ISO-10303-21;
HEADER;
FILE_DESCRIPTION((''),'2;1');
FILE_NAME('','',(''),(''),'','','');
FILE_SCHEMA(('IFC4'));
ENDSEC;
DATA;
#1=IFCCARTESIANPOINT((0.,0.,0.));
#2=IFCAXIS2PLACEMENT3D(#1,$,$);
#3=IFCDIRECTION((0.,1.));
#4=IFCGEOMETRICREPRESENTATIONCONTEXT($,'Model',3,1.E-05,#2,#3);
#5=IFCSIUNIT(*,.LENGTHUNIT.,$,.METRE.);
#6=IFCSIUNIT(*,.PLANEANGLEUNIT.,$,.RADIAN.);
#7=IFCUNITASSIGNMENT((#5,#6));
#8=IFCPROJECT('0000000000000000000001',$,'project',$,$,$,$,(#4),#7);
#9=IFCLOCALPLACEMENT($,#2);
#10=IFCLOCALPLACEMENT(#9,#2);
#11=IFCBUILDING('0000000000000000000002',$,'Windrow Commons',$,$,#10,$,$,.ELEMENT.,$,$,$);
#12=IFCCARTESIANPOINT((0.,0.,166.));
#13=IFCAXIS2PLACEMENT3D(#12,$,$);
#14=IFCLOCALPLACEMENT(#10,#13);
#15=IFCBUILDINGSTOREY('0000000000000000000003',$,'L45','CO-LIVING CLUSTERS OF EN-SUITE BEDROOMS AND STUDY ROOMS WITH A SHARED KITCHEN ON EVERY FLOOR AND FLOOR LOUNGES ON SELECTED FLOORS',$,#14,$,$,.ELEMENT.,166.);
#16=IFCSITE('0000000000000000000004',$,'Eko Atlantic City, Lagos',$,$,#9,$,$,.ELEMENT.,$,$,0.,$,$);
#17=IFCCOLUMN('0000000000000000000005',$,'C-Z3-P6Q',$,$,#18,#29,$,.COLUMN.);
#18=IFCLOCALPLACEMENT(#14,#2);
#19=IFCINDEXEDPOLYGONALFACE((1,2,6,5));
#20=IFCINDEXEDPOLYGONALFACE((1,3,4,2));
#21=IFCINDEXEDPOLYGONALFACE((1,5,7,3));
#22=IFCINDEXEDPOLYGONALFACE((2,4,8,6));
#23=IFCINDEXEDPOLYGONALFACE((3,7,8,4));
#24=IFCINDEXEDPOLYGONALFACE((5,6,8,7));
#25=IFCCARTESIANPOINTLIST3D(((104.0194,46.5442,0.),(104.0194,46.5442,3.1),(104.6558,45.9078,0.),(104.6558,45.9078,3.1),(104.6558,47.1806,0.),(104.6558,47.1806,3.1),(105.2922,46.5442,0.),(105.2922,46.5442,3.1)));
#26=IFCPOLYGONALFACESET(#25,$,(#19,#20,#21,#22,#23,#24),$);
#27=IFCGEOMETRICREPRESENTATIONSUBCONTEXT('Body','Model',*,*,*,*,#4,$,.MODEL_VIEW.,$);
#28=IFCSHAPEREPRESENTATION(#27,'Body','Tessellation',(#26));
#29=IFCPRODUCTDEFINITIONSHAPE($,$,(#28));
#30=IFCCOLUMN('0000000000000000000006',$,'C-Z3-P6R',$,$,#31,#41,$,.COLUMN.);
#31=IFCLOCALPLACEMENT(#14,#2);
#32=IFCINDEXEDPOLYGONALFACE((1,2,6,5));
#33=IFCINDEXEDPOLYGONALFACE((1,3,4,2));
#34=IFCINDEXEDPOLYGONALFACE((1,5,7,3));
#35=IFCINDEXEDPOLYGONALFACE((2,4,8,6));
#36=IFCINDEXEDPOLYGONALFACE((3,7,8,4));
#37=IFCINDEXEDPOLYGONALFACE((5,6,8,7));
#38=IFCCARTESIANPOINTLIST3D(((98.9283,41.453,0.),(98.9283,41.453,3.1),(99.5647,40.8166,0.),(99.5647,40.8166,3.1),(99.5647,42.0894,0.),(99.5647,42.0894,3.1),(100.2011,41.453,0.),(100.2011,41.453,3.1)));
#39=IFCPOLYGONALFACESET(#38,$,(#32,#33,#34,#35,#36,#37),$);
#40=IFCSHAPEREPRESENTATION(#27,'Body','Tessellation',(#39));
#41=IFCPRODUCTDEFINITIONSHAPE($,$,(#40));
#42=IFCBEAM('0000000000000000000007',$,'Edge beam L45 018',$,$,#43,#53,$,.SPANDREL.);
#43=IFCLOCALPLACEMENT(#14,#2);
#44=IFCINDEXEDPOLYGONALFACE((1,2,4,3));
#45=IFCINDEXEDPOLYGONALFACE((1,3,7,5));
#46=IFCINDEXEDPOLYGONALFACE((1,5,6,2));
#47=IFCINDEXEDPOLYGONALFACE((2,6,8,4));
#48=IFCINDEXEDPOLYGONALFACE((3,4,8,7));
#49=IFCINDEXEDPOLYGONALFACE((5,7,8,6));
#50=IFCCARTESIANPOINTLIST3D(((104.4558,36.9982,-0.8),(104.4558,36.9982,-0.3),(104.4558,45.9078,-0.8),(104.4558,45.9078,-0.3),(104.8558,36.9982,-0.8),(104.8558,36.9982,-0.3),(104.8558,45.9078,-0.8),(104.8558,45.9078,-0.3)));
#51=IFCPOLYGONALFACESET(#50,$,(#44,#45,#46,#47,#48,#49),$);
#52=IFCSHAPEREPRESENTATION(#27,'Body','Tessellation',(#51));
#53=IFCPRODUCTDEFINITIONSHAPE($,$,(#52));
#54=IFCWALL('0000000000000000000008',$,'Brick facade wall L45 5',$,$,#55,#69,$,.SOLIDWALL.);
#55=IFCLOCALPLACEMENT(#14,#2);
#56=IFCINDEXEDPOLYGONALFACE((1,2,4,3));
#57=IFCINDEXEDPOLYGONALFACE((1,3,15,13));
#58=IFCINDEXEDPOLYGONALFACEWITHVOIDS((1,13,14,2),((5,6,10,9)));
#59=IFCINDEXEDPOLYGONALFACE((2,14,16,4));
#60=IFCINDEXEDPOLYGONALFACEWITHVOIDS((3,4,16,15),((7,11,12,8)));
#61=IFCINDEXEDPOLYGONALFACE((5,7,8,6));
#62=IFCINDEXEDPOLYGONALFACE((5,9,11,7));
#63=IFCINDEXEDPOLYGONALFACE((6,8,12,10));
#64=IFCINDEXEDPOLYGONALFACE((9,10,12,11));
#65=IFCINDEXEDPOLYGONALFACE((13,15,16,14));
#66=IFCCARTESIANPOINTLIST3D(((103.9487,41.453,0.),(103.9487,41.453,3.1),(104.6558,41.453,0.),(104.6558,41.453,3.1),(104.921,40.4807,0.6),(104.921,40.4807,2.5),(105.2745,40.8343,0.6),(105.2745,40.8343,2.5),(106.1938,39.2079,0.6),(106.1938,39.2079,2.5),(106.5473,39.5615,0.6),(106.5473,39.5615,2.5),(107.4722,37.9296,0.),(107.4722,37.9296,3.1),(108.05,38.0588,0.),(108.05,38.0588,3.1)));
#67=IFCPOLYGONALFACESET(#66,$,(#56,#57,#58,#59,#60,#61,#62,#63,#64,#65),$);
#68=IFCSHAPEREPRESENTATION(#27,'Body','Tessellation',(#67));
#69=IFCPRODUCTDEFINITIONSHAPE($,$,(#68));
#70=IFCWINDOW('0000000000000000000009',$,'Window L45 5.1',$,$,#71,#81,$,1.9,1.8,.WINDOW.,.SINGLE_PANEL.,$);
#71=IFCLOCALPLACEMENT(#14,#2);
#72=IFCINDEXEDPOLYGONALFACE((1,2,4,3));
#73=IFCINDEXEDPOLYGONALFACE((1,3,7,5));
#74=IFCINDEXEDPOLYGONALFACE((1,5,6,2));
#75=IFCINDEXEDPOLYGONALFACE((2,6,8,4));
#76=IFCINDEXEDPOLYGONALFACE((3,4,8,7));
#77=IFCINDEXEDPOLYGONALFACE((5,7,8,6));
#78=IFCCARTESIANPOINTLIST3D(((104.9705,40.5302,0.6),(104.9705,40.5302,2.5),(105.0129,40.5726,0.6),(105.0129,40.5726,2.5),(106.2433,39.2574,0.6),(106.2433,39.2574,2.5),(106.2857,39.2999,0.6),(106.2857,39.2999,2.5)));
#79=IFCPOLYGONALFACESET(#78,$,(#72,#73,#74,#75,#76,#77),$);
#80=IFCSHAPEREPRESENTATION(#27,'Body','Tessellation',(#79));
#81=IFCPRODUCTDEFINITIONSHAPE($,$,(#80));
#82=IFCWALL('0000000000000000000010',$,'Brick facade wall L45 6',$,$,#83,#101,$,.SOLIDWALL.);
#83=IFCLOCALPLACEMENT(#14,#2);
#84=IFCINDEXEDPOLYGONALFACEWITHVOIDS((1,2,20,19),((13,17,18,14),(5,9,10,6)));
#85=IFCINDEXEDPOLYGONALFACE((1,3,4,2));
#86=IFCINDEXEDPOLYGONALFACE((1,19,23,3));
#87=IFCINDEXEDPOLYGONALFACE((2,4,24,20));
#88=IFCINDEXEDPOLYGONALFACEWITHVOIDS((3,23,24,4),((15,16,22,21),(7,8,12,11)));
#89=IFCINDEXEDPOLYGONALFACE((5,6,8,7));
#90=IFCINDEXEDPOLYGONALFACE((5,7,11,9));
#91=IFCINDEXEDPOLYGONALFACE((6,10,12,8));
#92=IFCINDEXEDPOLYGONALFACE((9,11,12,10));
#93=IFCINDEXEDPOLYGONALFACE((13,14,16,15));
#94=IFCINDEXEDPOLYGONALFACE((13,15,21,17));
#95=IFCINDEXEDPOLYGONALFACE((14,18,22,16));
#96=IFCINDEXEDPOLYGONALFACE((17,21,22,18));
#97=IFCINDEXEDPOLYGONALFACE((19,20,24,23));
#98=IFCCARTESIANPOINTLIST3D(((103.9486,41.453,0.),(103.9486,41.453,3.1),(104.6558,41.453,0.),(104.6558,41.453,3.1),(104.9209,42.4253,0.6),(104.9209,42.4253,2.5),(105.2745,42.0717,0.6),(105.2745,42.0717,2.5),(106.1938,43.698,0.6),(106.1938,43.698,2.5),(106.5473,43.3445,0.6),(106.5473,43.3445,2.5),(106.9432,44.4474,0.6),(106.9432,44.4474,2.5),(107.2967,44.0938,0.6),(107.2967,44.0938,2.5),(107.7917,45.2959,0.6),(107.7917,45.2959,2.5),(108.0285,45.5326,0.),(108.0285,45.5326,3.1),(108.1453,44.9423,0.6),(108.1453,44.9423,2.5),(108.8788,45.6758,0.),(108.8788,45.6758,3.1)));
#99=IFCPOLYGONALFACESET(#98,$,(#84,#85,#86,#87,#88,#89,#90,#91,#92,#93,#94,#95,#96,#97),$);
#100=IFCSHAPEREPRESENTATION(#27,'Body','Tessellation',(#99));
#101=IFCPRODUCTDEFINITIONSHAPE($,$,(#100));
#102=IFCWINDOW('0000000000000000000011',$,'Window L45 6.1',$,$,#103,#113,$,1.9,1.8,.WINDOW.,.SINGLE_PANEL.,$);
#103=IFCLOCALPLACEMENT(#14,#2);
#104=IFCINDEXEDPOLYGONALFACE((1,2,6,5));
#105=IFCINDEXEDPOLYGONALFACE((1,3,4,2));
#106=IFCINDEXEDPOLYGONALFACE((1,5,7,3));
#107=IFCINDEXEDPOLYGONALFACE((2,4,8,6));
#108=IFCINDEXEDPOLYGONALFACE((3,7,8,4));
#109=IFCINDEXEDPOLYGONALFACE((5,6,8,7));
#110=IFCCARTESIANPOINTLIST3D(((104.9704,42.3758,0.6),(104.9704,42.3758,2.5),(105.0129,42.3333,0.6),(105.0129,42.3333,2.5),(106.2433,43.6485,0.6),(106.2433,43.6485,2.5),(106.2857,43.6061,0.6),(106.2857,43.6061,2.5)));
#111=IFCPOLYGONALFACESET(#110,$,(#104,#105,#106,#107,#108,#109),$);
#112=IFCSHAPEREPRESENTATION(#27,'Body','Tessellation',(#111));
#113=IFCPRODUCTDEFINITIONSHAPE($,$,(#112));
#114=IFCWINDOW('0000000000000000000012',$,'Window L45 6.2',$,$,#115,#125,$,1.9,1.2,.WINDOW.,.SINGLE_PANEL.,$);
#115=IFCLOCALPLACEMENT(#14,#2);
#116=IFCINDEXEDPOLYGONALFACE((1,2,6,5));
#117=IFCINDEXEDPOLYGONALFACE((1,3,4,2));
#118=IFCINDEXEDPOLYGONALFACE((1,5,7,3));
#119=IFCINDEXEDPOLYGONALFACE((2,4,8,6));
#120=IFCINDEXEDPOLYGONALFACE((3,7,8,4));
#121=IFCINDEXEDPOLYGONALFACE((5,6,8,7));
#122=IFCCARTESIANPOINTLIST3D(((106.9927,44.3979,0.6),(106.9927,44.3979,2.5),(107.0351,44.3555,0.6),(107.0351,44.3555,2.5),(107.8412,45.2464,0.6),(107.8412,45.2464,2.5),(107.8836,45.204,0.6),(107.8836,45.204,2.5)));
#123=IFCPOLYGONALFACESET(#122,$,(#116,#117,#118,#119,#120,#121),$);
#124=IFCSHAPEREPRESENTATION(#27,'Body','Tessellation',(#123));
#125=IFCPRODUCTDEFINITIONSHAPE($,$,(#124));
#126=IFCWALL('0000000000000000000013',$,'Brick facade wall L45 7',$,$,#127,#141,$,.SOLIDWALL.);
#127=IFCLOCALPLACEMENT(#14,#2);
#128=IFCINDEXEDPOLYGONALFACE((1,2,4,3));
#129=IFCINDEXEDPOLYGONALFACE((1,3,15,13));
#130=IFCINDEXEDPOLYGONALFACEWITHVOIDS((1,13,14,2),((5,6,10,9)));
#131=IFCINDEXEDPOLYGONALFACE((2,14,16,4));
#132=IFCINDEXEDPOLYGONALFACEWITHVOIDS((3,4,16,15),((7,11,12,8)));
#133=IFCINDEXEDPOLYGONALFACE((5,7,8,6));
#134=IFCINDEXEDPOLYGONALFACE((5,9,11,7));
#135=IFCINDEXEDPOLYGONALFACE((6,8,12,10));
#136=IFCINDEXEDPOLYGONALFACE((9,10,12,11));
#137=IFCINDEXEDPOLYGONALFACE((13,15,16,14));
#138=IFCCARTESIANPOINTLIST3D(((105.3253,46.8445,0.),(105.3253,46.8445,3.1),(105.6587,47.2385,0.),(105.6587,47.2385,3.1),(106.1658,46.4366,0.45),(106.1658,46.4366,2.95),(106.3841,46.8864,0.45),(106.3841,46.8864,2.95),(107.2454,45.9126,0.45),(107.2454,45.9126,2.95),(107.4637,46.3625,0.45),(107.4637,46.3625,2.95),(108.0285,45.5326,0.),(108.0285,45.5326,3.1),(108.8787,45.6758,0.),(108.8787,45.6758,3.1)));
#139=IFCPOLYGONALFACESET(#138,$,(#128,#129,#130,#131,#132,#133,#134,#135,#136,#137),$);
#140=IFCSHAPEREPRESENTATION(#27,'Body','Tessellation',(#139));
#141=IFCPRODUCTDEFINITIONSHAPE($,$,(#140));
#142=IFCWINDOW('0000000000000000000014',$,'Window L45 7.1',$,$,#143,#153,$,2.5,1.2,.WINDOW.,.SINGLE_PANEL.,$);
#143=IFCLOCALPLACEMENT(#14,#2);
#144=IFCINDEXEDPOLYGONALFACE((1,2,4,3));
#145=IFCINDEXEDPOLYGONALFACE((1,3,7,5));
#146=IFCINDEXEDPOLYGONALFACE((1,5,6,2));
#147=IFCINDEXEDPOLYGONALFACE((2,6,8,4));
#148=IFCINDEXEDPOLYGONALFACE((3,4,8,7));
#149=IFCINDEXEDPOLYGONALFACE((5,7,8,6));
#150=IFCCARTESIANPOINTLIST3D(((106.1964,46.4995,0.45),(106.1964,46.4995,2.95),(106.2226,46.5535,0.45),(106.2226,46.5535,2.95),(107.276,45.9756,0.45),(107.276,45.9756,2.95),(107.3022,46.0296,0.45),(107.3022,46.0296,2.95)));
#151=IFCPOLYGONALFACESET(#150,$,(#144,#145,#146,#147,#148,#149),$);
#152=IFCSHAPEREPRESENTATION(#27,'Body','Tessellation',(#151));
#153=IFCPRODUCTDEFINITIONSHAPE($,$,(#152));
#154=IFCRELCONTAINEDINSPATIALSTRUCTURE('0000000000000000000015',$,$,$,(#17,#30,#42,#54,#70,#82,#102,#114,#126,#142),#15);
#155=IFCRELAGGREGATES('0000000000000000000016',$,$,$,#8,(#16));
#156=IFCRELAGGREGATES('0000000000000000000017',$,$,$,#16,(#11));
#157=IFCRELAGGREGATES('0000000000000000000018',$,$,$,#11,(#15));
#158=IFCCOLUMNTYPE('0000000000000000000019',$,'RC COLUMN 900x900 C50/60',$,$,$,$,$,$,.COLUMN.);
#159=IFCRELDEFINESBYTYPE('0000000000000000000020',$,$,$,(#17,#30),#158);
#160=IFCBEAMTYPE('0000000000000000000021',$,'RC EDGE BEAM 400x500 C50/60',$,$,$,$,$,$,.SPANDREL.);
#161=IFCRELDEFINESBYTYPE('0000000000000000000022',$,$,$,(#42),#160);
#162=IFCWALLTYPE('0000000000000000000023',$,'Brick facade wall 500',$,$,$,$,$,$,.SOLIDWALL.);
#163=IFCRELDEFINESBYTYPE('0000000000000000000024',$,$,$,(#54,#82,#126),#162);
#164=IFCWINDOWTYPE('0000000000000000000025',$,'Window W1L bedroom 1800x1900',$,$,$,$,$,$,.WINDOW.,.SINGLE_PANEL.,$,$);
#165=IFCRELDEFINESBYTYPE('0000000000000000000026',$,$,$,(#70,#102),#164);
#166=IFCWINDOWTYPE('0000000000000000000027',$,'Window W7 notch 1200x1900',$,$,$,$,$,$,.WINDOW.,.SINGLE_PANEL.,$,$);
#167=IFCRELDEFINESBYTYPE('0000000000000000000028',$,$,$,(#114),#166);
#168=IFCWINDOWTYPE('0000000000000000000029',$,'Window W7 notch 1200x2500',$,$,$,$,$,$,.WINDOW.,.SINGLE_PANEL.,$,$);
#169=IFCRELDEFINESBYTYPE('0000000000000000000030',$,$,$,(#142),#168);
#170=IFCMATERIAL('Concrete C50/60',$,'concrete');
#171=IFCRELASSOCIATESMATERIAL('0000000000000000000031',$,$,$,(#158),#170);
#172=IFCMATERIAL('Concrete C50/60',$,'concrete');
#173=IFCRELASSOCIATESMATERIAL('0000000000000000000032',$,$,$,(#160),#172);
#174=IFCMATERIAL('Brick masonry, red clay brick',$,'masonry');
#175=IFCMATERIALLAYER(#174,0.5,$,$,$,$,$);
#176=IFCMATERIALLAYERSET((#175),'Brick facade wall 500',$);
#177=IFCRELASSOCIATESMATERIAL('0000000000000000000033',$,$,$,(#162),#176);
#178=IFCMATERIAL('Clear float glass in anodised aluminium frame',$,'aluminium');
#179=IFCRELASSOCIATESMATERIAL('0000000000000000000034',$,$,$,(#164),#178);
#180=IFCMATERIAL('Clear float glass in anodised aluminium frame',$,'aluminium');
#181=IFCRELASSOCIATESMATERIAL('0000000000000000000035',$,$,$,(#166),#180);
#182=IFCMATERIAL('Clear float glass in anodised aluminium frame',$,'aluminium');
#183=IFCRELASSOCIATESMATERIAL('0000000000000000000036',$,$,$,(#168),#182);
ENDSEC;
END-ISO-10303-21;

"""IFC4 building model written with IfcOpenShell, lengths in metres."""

from ifc_helpers import new_model, si_unit, direction, frame, frame_2d, origin, origin_2d, place, context, subcontext, project, spatial, polyline, rectangle, outline, extrude, material, layer, layer_set, material_profile, profile_set, type_object, element, fill, save


model = new_model("IFC4")

# Units and contexts
model_context = context("Model", 3, precision=1e-05, world=origin(), true_north=direction((0.0, 1.0)))
body_context = subcontext(model_context, "Body", "Model", "MODEL_VIEW")
ifc_project = project(units=[si_unit("LENGTHUNIT", "METRE"), si_unit("PLANEANGLEUNIT", "RADIAN")], contexts=[model_context])

# Site, building, storey
site_placement = place(None, origin())
site = spatial("IfcSite", under=ifc_project, at=site_placement, Name="Eko Atlantic City, Lagos", CompositionType="ELEMENT", RefElevation=0.0)
building_placement = place(site_placement, origin())
building = spatial("IfcBuilding", under=site, at=building_placement, Name="Windrow Commons", CompositionType="ELEMENT")
storey_placement = place(building_placement, frame((0.0, 0.0, 166.0)))
storey = spatial("IfcBuildingStorey", under=building, at=storey_placement, Name="L45", Description="CO-LIVING CLUSTERS OF EN-SUITE BEDROOMS AND STUDY ROOMS WITH A SHARED KITCHEN ON EVERY FLOOR AND FLOOR LOUNGES ON SELECTED FLOORS", CompositionType="ELEMENT", Elevation=166.0)

# Columns
ifc_material_1 = material(Name="Concrete C50/60", Category="concrete")
ifc_material_profile_1 = material_profile(ifc_material_1, rectangle(XDim=0.9, YDim=0.9, at=origin_2d()))
ifc_profile_set_1 = profile_set([ifc_material_profile_1], Name="Concrete C50/60")
column_type = type_object("IfcColumnType", Name="RC COLUMN 900x900 C50/60", PredefinedType="COLUMN", material=ifc_profile_set_1)
for number, where, z_axis, x_axis, name in (
    (1, (104.6558, 46.5442, 0.0), (0.0, 0.0, 1.0), (0.707107, -0.707107, 0.0), "C-Z3-P6Q"),
    (2, (99.5647, 41.453, 0.0), (0.0, 0.0, 1.0), (0.707107, -0.707107, 0.0), "C-Z3-P6R"),
):
    element("IfcColumn", number, at=place(storey_placement, frame(where, z_axis=z_axis, x_axis=x_axis)), inside=storey, type_object=column_type, Name=name, PredefinedType="COLUMN", context=body_context, shape_type="SweptSolid", body=[
        extrude(rectangle(XDim=0.9, YDim=0.9, at=origin_2d()), origin(), (0.0, 0.0, 1.0), 3.1),
    ])

# Beam
ifc_material_2 = material(Name="Concrete C50/60", Category="concrete")
ifc_material_profile_2 = material_profile(ifc_material_2, rectangle(XDim=0.4, YDim=0.5, at=origin_2d()))
ifc_profile_set_2 = profile_set([ifc_material_profile_2], Name="Concrete C50/60")
beam_type = type_object("IfcBeamType", Name="RC EDGE BEAM 400x500 C50/60", PredefinedType="SPANDREL", material=ifc_profile_set_2)
beam_placement = place(storey_placement, frame((104.6558, 45.9078, -0.55), z_axis=(0.0, -1.0, 0.0), x_axis=(1.0, 0.0, 0.0)))
element("IfcBeam", 3, at=beam_placement, inside=storey, type_object=beam_type, Name="Edge beam L45 018", PredefinedType="SPANDREL", context=body_context, shape_type="SweptSolid", body=[
    extrude(rectangle(XDim=0.4, YDim=0.5, at=origin_2d()), origin(), (0.0, 0.0, 1.0), 8.9096),
])

# Wall, opening, window
ifc_material_3 = material(Name="Brick masonry, red clay brick", Category="masonry")
ifc_layer_1 = layer(ifc_material_3, 0.5)
ifc_layer_set_1 = layer_set([ifc_layer_1], Name="Brick facade wall 500")
wall_type_1 = type_object("IfcWallType", Name="Brick facade wall 500", PredefinedType="SOLIDWALL", material=ifc_layer_set_1)
wall_1_placement = place(storey_placement, frame((107.7611, 37.9942, 0.0), z_axis=(0.0, 0.0, 1.0), x_axis=(-0.707117, 0.707097, 0.0)))
wall_1 = element("IfcWall", 4, at=wall_1_placement, inside=storey, type_object=wall_type_1, Name="Brick facade wall L45 5", PredefinedType="SOLIDWALL", context=body_context, shape_type="SweptSolid", body=[
    extrude(outline(polyline([(-0.1586, -0.25), (4.6415, -0.25), (5.1415, 0.25), (0.1586, 0.25), (-0.1586, -0.25)])), origin(), (0.0, 0.0, 1.0), 3.1),
])
opening_1_placement = place(wall_1_placement, frame((1.9665, 0.0, 0.6)))
opening_1 = element("IfcOpeningElement", 5, at=opening_1_placement, cuts=wall_1, PredefinedType="OPENING", context=body_context, shape_type="SweptSolid", body=[
    extrude(rectangle(XDim=1.8, YDim=1.9, at=frame_2d((0.9, 0.95))), frame((0.0, 0.26, 0.0), z_axis=(0.0, -1.0, 0.0), x_axis=(1.0, 0.0, 0.0)), (0.0, 0.0, 1.0), 0.52),
])
ifc_material_4 = material(Name="Clear float glass in anodised aluminium frame", Category="aluminium")
window_type_1 = type_object("IfcWindowType", Name="Window W1L bedroom 1800x1900", PartitioningType="SINGLE_PANEL", PredefinedType="WINDOW", material=ifc_material_4)
window_1_placement = place(opening_1_placement, origin())
window_1 = element("IfcWindow", 6, at=window_1_placement, inside=storey, type_object=window_type_1, Name="Window L45 5.1", OverallHeight=1.9, OverallWidth=1.8, PartitioningType="SINGLE_PANEL", PredefinedType="WINDOW", context=body_context, shape_type="SweptSolid", body=[
    extrude(rectangle(XDim=1.8, YDim=1.9, at=frame_2d((0.9, 0.95))), frame((0.0, 0.18, 0.0), z_axis=(0.0, -1.0, 0.0), x_axis=(1.0, 0.0, 0.0)), (0.0, 0.0, 1.0), 0.06),
])
fill(opening_1, window_1)

# Wall, openings, windows
wall_2_placement = place(storey_placement, frame((104.3022, 41.453, 0.0), z_axis=(0.0, 0.0, 1.0), x_axis=(0.707124, 0.70709, 0.0)))
wall_2 = element("IfcWall", 7, at=wall_2_placement, inside=storey, type_object=wall_type_1, Name="Brick facade wall L45 6", PredefinedType="SOLIDWALL", context=body_context, shape_type="SweptSolid", body=[
    extrude(outline(polyline([(0.25, -0.25), (6.2221, -0.25), (5.5196, 0.25), (-0.25, 0.25), (0.25, -0.25)])), origin(), (0.0, 0.0, 1.0), 3.1),
])
opening_2_placement = place(wall_2_placement, frame((1.125, 0.0, 0.6)))
opening_2 = element("IfcOpeningElement", 8, at=opening_2_placement, cuts=wall_2, PredefinedType="OPENING", context=body_context, shape_type="SweptSolid", body=[
    extrude(rectangle(XDim=1.8, YDim=1.9, at=frame_2d((0.9, 0.95))), frame((0.0, 0.26, 0.0), z_axis=(0.0, -1.0, 0.0), x_axis=(1.0, 0.0, 0.0)), (0.0, 0.0, 1.0), 0.52),
])
opening_3_placement = place(wall_2_placement, frame((3.9848, 0.0, 0.6)))
opening_3 = element("IfcOpeningElement", 9, at=opening_3_placement, cuts=wall_2, PredefinedType="OPENING", context=body_context, shape_type="SweptSolid", body=[
    extrude(rectangle(XDim=1.2, YDim=1.9, at=frame_2d((0.6, 0.95))), frame((0.0, 0.26, 0.0), z_axis=(0.0, -1.0, 0.0), x_axis=(1.0, 0.0, 0.0)), (0.0, 0.0, 1.0), 0.52),
])
window_2_placement = place(opening_2_placement, origin())
window_2 = element("IfcWindow", 10, at=window_2_placement, inside=storey, type_object=window_type_1, Name="Window L45 6.1", OverallHeight=1.9, OverallWidth=1.8, PartitioningType="SINGLE_PANEL", PredefinedType="WINDOW", context=body_context, shape_type="SweptSolid", body=[
    extrude(rectangle(XDim=1.8, YDim=1.9, at=frame_2d((0.9, 0.95))), frame((0.0, 0.18, 0.0), z_axis=(0.0, -1.0, 0.0), x_axis=(1.0, 0.0, 0.0)), (0.0, 0.0, 1.0), 0.06),
])
fill(opening_2, window_2)
ifc_material_5 = material(Name="Clear float glass in anodised aluminium frame", Category="aluminium")
window_type_2 = type_object("IfcWindowType", Name="Window W7 notch 1200x1900", PartitioningType="SINGLE_PANEL", PredefinedType="WINDOW", material=ifc_material_5)
window_3_placement = place(opening_3_placement, origin())
window_3 = element("IfcWindow", 11, at=window_3_placement, inside=storey, type_object=window_type_2, Name="Window L45 6.2", OverallHeight=1.9, OverallWidth=1.2, PartitioningType="SINGLE_PANEL", PredefinedType="WINDOW", context=body_context, shape_type="SweptSolid", body=[
    extrude(rectangle(XDim=1.2, YDim=1.9, at=frame_2d((0.6, 0.95))), frame((0.0, 0.18, 0.0), z_axis=(0.0, -1.0, 0.0), x_axis=(1.0, 0.0, 0.0)), (0.0, 0.0, 1.0), 0.06),
])
fill(opening_3, window_3)

# Wall, opening, window
wall_3_placement = place(storey_placement, frame((108.4536, 45.6042, 0.0), z_axis=(0.0, 0.0, 1.0), x_axis=(-0.899656, 0.436599, 0.0)))
wall_3 = element("IfcWall", 12, at=wall_3_placement, inside=storey, type_object=wall_type_1, Name="Brick facade wall L45 7", PredefinedType="SOLIDWALL", context=body_context, shape_type="SweptSolid", body=[
    extrude(outline(polyline([(-0.3512, -0.25), (3.228, -0.25), (3.3559, 0.25), (0.3512, 0.25), (-0.3512, -0.25)])), origin(), (0.0, 0.0, 1.0), 3.1),
])
opening_4_placement = place(wall_3_placement, frame((1.2216, 0.0, 0.45)))
opening_4 = element("IfcOpeningElement", 13, at=opening_4_placement, cuts=wall_3, PredefinedType="OPENING", context=body_context, shape_type="SweptSolid", body=[
    extrude(rectangle(XDim=1.2, YDim=2.5, at=frame_2d((0.6, 1.25))), frame((0.0, 0.26, 0.0), z_axis=(0.0, -1.0, 0.0), x_axis=(1.0, 0.0, 0.0)), (0.0, 0.0, 1.0), 0.52),
])
ifc_material_6 = material(Name="Clear float glass in anodised aluminium frame", Category="aluminium")
window_type_3 = type_object("IfcWindowType", Name="Window W7 notch 1200x2500", PartitioningType="SINGLE_PANEL", PredefinedType="WINDOW", material=ifc_material_6)
window_4_placement = place(opening_4_placement, origin())
window_4 = element("IfcWindow", 14, at=window_4_placement, inside=storey, type_object=window_type_3, Name="Window L45 7.1", OverallHeight=2.5, OverallWidth=1.2, PartitioningType="SINGLE_PANEL", PredefinedType="WINDOW", context=body_context, shape_type="SweptSolid", body=[
    extrude(rectangle(XDim=1.2, YDim=2.5, at=frame_2d((0.6, 1.25))), frame((0.0, 0.18, 0.0), z_axis=(0.0, -1.0, 0.0), x_axis=(1.0, 0.0, 0.0)), (0.0, 0.0, 1.0), 0.06),
])
fill(opening_4, window_4)

save(model, "model.ifc")
